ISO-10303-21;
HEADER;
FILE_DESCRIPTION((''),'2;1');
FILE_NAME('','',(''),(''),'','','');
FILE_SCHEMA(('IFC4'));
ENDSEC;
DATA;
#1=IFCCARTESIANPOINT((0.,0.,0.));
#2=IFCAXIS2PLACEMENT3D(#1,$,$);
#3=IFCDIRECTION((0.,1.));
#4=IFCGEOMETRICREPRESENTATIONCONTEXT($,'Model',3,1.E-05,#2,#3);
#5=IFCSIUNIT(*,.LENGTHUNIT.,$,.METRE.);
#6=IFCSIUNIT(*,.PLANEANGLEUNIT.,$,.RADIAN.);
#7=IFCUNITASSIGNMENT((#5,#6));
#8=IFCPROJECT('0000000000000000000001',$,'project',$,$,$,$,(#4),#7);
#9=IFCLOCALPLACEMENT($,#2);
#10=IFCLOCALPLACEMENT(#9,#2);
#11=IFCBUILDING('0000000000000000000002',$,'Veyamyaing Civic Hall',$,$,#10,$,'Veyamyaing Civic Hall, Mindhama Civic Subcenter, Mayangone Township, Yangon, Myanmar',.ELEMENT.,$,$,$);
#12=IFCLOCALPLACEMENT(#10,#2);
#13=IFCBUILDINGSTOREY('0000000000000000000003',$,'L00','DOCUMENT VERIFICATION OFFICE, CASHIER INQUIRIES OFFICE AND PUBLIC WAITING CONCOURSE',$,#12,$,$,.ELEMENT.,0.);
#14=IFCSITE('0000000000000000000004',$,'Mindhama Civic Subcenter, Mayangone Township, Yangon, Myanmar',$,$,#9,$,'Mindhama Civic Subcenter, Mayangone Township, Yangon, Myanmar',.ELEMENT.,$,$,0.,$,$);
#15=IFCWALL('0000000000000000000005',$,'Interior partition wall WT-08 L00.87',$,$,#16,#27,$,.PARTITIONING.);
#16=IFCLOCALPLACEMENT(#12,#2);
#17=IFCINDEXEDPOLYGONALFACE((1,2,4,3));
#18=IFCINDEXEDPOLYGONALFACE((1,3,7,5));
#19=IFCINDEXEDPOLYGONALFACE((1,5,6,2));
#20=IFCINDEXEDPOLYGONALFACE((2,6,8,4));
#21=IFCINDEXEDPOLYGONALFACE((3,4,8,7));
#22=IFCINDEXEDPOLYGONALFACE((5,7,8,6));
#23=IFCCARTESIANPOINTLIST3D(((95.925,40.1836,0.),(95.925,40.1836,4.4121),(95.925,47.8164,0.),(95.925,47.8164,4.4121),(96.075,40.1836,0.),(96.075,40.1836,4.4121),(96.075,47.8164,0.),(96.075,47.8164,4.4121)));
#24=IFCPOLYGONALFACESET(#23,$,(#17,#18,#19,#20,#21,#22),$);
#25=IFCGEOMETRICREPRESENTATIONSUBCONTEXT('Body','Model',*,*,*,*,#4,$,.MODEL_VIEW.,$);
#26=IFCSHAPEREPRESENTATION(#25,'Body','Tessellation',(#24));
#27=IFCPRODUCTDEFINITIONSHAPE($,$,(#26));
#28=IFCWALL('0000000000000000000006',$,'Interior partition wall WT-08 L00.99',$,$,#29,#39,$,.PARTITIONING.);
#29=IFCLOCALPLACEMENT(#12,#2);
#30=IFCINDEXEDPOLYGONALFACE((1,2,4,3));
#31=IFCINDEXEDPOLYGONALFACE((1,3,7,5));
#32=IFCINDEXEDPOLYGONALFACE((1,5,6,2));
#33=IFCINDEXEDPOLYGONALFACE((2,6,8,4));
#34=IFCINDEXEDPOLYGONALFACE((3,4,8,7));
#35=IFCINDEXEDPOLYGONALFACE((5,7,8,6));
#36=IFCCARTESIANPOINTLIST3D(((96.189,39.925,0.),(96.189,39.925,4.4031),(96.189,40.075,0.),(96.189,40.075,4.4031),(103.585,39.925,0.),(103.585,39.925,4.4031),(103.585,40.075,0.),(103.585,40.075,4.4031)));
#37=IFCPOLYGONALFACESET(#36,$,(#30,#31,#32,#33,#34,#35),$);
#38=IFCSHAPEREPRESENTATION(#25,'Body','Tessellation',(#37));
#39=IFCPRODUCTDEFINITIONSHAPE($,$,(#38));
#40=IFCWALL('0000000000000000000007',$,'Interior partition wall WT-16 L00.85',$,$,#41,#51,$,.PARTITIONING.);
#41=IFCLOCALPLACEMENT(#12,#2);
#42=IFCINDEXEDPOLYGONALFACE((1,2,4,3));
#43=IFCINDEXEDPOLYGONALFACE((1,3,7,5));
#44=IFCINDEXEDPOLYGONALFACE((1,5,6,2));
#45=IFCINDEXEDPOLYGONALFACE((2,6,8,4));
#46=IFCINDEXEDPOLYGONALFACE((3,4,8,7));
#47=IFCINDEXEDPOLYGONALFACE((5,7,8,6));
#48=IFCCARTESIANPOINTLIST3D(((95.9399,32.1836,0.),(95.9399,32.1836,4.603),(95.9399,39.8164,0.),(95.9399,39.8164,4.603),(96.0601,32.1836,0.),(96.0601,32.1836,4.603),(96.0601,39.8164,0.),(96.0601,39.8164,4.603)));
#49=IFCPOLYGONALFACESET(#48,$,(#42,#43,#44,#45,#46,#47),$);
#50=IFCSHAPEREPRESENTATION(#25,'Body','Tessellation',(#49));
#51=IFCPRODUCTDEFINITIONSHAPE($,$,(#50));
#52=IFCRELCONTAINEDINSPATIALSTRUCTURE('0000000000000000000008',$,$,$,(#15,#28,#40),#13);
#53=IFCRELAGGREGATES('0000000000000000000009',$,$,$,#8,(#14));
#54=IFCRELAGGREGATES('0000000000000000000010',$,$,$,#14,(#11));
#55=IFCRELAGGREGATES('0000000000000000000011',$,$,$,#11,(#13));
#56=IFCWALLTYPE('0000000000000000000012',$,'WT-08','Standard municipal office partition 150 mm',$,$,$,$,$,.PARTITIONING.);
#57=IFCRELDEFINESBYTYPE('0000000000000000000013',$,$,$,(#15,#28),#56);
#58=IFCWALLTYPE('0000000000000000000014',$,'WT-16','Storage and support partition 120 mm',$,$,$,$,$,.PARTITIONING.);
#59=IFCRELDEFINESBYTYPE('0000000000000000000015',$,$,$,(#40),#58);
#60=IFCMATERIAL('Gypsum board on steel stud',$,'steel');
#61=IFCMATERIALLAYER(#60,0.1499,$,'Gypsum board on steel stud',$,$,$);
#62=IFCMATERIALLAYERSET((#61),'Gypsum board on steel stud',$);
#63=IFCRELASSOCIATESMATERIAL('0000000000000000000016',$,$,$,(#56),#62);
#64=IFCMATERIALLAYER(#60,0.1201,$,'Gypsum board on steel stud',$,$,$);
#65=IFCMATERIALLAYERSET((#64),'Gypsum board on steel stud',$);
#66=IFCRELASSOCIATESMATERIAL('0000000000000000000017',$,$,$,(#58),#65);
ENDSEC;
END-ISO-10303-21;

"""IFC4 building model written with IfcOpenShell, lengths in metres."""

from ifc_helpers import new_model, si_unit, direction, frame, frame_2d, origin, place, context, subcontext, project, spatial, rectangle, extrude, material, layer, layer_set, type_object, element, save


model = new_model("IFC4")

# Units and contexts
model_context = context("Model", 3, precision=1e-05, world=origin(), true_north=direction((0.0, 1.0)))
body_context = subcontext(model_context, "Body", "Model", "MODEL_VIEW")
ifc_project = project(units=[si_unit("LENGTHUNIT", "METRE"), si_unit("PLANEANGLEUNIT", "RADIAN")], contexts=[model_context])

# Site, building, storey
site_placement = place(None, origin())
site = spatial("IfcSite", under=ifc_project, at=site_placement, Name="Mindhama Civic Subcenter, Mayangone Township, Yangon, Myanmar", LongName="Mindhama Civic Subcenter, Mayangone Township, Yangon, Myanmar", CompositionType="ELEMENT", RefElevation=0.0)
building_placement = place(site_placement, origin())
building = spatial("IfcBuilding", under=site, at=building_placement, Name="Veyamyaing Civic Hall", LongName="Veyamyaing Civic Hall, Mindhama Civic Subcenter, Mayangone Township, Yangon, Myanmar", CompositionType="ELEMENT")
storey_placement = place(building_placement, origin())
storey = spatial("IfcBuildingStorey", under=building, at=storey_placement, Name="L00", Description="DOCUMENT VERIFICATION OFFICE, CASHIER INQUIRIES OFFICE AND PUBLIC WAITING CONCOURSE", CompositionType="ELEMENT", Elevation=0.0)

# Walls
ifc_material_1 = material(Name="Gypsum board on steel stud", Category="steel")
ifc_layer_1 = layer(ifc_material_1, 0.1499, Name="Gypsum board on steel stud")
ifc_layer_set_1 = layer_set([ifc_layer_1], Name="Gypsum board on steel stud")
wall_type_1 = type_object("IfcWallType", Name="WT-08", Description="Standard municipal office partition 150 mm", PredefinedType="PARTITIONING", material=ifc_layer_set_1)
wall_1_placement = place(storey_placement, frame((96.0, 40.1836, 0.0), z_axis=(0.0, 0.0, 1.0), x_axis=(0.0, 1.0, 0.0)))
element("IfcWall", 1, at=wall_1_placement, inside=storey, type_object=wall_type_1, Name="Interior partition wall WT-08 L00.87", PredefinedType="PARTITIONING", context=body_context, shape_type="SweptSolid", body=[
    extrude(rectangle(XDim=7.6328, YDim=0.1499, at=frame_2d((3.8164, 0.0))), origin(), (0.0, 0.0, 1.0), 4.4121),
])
wall_2_placement = place(storey_placement, frame((96.189, 40.0, 0.0), z_axis=(0.0, 0.0, 1.0), x_axis=(1.0, 0.0, 0.0)))
element("IfcWall", 2, at=wall_2_placement, inside=storey, type_object=wall_type_1, Name="Interior partition wall WT-08 L00.99", PredefinedType="PARTITIONING", context=body_context, shape_type="SweptSolid", body=[
    extrude(rectangle(XDim=7.396, YDim=0.1499, at=frame_2d((3.698, 0.0))), origin(), (0.0, 0.0, 1.0), 4.4031),
])
ifc_layer_2 = layer(ifc_material_1, 0.1201, Name="Gypsum board on steel stud")
ifc_layer_set_2 = layer_set([ifc_layer_2], Name="Gypsum board on steel stud")
wall_type_2 = type_object("IfcWallType", Name="WT-16", Description="Storage and support partition 120 mm", PredefinedType="PARTITIONING", material=ifc_layer_set_2)
wall_3_placement = place(storey_placement, frame((96.0, 32.1836, 0.0), z_axis=(0.0, 0.0, 1.0), x_axis=(0.0, 1.0, 0.0)))
element("IfcWall", 3, at=wall_3_placement, inside=storey, type_object=wall_type_2, Name="Interior partition wall WT-16 L00.85", PredefinedType="PARTITIONING", context=body_context, shape_type="SweptSolid", body=[
    extrude(rectangle(XDim=7.6328, YDim=0.1201, at=frame_2d((3.8164, 0.0))), origin(), (0.0, 0.0, 1.0), 4.603),
])

save(model, "model.ifc")
